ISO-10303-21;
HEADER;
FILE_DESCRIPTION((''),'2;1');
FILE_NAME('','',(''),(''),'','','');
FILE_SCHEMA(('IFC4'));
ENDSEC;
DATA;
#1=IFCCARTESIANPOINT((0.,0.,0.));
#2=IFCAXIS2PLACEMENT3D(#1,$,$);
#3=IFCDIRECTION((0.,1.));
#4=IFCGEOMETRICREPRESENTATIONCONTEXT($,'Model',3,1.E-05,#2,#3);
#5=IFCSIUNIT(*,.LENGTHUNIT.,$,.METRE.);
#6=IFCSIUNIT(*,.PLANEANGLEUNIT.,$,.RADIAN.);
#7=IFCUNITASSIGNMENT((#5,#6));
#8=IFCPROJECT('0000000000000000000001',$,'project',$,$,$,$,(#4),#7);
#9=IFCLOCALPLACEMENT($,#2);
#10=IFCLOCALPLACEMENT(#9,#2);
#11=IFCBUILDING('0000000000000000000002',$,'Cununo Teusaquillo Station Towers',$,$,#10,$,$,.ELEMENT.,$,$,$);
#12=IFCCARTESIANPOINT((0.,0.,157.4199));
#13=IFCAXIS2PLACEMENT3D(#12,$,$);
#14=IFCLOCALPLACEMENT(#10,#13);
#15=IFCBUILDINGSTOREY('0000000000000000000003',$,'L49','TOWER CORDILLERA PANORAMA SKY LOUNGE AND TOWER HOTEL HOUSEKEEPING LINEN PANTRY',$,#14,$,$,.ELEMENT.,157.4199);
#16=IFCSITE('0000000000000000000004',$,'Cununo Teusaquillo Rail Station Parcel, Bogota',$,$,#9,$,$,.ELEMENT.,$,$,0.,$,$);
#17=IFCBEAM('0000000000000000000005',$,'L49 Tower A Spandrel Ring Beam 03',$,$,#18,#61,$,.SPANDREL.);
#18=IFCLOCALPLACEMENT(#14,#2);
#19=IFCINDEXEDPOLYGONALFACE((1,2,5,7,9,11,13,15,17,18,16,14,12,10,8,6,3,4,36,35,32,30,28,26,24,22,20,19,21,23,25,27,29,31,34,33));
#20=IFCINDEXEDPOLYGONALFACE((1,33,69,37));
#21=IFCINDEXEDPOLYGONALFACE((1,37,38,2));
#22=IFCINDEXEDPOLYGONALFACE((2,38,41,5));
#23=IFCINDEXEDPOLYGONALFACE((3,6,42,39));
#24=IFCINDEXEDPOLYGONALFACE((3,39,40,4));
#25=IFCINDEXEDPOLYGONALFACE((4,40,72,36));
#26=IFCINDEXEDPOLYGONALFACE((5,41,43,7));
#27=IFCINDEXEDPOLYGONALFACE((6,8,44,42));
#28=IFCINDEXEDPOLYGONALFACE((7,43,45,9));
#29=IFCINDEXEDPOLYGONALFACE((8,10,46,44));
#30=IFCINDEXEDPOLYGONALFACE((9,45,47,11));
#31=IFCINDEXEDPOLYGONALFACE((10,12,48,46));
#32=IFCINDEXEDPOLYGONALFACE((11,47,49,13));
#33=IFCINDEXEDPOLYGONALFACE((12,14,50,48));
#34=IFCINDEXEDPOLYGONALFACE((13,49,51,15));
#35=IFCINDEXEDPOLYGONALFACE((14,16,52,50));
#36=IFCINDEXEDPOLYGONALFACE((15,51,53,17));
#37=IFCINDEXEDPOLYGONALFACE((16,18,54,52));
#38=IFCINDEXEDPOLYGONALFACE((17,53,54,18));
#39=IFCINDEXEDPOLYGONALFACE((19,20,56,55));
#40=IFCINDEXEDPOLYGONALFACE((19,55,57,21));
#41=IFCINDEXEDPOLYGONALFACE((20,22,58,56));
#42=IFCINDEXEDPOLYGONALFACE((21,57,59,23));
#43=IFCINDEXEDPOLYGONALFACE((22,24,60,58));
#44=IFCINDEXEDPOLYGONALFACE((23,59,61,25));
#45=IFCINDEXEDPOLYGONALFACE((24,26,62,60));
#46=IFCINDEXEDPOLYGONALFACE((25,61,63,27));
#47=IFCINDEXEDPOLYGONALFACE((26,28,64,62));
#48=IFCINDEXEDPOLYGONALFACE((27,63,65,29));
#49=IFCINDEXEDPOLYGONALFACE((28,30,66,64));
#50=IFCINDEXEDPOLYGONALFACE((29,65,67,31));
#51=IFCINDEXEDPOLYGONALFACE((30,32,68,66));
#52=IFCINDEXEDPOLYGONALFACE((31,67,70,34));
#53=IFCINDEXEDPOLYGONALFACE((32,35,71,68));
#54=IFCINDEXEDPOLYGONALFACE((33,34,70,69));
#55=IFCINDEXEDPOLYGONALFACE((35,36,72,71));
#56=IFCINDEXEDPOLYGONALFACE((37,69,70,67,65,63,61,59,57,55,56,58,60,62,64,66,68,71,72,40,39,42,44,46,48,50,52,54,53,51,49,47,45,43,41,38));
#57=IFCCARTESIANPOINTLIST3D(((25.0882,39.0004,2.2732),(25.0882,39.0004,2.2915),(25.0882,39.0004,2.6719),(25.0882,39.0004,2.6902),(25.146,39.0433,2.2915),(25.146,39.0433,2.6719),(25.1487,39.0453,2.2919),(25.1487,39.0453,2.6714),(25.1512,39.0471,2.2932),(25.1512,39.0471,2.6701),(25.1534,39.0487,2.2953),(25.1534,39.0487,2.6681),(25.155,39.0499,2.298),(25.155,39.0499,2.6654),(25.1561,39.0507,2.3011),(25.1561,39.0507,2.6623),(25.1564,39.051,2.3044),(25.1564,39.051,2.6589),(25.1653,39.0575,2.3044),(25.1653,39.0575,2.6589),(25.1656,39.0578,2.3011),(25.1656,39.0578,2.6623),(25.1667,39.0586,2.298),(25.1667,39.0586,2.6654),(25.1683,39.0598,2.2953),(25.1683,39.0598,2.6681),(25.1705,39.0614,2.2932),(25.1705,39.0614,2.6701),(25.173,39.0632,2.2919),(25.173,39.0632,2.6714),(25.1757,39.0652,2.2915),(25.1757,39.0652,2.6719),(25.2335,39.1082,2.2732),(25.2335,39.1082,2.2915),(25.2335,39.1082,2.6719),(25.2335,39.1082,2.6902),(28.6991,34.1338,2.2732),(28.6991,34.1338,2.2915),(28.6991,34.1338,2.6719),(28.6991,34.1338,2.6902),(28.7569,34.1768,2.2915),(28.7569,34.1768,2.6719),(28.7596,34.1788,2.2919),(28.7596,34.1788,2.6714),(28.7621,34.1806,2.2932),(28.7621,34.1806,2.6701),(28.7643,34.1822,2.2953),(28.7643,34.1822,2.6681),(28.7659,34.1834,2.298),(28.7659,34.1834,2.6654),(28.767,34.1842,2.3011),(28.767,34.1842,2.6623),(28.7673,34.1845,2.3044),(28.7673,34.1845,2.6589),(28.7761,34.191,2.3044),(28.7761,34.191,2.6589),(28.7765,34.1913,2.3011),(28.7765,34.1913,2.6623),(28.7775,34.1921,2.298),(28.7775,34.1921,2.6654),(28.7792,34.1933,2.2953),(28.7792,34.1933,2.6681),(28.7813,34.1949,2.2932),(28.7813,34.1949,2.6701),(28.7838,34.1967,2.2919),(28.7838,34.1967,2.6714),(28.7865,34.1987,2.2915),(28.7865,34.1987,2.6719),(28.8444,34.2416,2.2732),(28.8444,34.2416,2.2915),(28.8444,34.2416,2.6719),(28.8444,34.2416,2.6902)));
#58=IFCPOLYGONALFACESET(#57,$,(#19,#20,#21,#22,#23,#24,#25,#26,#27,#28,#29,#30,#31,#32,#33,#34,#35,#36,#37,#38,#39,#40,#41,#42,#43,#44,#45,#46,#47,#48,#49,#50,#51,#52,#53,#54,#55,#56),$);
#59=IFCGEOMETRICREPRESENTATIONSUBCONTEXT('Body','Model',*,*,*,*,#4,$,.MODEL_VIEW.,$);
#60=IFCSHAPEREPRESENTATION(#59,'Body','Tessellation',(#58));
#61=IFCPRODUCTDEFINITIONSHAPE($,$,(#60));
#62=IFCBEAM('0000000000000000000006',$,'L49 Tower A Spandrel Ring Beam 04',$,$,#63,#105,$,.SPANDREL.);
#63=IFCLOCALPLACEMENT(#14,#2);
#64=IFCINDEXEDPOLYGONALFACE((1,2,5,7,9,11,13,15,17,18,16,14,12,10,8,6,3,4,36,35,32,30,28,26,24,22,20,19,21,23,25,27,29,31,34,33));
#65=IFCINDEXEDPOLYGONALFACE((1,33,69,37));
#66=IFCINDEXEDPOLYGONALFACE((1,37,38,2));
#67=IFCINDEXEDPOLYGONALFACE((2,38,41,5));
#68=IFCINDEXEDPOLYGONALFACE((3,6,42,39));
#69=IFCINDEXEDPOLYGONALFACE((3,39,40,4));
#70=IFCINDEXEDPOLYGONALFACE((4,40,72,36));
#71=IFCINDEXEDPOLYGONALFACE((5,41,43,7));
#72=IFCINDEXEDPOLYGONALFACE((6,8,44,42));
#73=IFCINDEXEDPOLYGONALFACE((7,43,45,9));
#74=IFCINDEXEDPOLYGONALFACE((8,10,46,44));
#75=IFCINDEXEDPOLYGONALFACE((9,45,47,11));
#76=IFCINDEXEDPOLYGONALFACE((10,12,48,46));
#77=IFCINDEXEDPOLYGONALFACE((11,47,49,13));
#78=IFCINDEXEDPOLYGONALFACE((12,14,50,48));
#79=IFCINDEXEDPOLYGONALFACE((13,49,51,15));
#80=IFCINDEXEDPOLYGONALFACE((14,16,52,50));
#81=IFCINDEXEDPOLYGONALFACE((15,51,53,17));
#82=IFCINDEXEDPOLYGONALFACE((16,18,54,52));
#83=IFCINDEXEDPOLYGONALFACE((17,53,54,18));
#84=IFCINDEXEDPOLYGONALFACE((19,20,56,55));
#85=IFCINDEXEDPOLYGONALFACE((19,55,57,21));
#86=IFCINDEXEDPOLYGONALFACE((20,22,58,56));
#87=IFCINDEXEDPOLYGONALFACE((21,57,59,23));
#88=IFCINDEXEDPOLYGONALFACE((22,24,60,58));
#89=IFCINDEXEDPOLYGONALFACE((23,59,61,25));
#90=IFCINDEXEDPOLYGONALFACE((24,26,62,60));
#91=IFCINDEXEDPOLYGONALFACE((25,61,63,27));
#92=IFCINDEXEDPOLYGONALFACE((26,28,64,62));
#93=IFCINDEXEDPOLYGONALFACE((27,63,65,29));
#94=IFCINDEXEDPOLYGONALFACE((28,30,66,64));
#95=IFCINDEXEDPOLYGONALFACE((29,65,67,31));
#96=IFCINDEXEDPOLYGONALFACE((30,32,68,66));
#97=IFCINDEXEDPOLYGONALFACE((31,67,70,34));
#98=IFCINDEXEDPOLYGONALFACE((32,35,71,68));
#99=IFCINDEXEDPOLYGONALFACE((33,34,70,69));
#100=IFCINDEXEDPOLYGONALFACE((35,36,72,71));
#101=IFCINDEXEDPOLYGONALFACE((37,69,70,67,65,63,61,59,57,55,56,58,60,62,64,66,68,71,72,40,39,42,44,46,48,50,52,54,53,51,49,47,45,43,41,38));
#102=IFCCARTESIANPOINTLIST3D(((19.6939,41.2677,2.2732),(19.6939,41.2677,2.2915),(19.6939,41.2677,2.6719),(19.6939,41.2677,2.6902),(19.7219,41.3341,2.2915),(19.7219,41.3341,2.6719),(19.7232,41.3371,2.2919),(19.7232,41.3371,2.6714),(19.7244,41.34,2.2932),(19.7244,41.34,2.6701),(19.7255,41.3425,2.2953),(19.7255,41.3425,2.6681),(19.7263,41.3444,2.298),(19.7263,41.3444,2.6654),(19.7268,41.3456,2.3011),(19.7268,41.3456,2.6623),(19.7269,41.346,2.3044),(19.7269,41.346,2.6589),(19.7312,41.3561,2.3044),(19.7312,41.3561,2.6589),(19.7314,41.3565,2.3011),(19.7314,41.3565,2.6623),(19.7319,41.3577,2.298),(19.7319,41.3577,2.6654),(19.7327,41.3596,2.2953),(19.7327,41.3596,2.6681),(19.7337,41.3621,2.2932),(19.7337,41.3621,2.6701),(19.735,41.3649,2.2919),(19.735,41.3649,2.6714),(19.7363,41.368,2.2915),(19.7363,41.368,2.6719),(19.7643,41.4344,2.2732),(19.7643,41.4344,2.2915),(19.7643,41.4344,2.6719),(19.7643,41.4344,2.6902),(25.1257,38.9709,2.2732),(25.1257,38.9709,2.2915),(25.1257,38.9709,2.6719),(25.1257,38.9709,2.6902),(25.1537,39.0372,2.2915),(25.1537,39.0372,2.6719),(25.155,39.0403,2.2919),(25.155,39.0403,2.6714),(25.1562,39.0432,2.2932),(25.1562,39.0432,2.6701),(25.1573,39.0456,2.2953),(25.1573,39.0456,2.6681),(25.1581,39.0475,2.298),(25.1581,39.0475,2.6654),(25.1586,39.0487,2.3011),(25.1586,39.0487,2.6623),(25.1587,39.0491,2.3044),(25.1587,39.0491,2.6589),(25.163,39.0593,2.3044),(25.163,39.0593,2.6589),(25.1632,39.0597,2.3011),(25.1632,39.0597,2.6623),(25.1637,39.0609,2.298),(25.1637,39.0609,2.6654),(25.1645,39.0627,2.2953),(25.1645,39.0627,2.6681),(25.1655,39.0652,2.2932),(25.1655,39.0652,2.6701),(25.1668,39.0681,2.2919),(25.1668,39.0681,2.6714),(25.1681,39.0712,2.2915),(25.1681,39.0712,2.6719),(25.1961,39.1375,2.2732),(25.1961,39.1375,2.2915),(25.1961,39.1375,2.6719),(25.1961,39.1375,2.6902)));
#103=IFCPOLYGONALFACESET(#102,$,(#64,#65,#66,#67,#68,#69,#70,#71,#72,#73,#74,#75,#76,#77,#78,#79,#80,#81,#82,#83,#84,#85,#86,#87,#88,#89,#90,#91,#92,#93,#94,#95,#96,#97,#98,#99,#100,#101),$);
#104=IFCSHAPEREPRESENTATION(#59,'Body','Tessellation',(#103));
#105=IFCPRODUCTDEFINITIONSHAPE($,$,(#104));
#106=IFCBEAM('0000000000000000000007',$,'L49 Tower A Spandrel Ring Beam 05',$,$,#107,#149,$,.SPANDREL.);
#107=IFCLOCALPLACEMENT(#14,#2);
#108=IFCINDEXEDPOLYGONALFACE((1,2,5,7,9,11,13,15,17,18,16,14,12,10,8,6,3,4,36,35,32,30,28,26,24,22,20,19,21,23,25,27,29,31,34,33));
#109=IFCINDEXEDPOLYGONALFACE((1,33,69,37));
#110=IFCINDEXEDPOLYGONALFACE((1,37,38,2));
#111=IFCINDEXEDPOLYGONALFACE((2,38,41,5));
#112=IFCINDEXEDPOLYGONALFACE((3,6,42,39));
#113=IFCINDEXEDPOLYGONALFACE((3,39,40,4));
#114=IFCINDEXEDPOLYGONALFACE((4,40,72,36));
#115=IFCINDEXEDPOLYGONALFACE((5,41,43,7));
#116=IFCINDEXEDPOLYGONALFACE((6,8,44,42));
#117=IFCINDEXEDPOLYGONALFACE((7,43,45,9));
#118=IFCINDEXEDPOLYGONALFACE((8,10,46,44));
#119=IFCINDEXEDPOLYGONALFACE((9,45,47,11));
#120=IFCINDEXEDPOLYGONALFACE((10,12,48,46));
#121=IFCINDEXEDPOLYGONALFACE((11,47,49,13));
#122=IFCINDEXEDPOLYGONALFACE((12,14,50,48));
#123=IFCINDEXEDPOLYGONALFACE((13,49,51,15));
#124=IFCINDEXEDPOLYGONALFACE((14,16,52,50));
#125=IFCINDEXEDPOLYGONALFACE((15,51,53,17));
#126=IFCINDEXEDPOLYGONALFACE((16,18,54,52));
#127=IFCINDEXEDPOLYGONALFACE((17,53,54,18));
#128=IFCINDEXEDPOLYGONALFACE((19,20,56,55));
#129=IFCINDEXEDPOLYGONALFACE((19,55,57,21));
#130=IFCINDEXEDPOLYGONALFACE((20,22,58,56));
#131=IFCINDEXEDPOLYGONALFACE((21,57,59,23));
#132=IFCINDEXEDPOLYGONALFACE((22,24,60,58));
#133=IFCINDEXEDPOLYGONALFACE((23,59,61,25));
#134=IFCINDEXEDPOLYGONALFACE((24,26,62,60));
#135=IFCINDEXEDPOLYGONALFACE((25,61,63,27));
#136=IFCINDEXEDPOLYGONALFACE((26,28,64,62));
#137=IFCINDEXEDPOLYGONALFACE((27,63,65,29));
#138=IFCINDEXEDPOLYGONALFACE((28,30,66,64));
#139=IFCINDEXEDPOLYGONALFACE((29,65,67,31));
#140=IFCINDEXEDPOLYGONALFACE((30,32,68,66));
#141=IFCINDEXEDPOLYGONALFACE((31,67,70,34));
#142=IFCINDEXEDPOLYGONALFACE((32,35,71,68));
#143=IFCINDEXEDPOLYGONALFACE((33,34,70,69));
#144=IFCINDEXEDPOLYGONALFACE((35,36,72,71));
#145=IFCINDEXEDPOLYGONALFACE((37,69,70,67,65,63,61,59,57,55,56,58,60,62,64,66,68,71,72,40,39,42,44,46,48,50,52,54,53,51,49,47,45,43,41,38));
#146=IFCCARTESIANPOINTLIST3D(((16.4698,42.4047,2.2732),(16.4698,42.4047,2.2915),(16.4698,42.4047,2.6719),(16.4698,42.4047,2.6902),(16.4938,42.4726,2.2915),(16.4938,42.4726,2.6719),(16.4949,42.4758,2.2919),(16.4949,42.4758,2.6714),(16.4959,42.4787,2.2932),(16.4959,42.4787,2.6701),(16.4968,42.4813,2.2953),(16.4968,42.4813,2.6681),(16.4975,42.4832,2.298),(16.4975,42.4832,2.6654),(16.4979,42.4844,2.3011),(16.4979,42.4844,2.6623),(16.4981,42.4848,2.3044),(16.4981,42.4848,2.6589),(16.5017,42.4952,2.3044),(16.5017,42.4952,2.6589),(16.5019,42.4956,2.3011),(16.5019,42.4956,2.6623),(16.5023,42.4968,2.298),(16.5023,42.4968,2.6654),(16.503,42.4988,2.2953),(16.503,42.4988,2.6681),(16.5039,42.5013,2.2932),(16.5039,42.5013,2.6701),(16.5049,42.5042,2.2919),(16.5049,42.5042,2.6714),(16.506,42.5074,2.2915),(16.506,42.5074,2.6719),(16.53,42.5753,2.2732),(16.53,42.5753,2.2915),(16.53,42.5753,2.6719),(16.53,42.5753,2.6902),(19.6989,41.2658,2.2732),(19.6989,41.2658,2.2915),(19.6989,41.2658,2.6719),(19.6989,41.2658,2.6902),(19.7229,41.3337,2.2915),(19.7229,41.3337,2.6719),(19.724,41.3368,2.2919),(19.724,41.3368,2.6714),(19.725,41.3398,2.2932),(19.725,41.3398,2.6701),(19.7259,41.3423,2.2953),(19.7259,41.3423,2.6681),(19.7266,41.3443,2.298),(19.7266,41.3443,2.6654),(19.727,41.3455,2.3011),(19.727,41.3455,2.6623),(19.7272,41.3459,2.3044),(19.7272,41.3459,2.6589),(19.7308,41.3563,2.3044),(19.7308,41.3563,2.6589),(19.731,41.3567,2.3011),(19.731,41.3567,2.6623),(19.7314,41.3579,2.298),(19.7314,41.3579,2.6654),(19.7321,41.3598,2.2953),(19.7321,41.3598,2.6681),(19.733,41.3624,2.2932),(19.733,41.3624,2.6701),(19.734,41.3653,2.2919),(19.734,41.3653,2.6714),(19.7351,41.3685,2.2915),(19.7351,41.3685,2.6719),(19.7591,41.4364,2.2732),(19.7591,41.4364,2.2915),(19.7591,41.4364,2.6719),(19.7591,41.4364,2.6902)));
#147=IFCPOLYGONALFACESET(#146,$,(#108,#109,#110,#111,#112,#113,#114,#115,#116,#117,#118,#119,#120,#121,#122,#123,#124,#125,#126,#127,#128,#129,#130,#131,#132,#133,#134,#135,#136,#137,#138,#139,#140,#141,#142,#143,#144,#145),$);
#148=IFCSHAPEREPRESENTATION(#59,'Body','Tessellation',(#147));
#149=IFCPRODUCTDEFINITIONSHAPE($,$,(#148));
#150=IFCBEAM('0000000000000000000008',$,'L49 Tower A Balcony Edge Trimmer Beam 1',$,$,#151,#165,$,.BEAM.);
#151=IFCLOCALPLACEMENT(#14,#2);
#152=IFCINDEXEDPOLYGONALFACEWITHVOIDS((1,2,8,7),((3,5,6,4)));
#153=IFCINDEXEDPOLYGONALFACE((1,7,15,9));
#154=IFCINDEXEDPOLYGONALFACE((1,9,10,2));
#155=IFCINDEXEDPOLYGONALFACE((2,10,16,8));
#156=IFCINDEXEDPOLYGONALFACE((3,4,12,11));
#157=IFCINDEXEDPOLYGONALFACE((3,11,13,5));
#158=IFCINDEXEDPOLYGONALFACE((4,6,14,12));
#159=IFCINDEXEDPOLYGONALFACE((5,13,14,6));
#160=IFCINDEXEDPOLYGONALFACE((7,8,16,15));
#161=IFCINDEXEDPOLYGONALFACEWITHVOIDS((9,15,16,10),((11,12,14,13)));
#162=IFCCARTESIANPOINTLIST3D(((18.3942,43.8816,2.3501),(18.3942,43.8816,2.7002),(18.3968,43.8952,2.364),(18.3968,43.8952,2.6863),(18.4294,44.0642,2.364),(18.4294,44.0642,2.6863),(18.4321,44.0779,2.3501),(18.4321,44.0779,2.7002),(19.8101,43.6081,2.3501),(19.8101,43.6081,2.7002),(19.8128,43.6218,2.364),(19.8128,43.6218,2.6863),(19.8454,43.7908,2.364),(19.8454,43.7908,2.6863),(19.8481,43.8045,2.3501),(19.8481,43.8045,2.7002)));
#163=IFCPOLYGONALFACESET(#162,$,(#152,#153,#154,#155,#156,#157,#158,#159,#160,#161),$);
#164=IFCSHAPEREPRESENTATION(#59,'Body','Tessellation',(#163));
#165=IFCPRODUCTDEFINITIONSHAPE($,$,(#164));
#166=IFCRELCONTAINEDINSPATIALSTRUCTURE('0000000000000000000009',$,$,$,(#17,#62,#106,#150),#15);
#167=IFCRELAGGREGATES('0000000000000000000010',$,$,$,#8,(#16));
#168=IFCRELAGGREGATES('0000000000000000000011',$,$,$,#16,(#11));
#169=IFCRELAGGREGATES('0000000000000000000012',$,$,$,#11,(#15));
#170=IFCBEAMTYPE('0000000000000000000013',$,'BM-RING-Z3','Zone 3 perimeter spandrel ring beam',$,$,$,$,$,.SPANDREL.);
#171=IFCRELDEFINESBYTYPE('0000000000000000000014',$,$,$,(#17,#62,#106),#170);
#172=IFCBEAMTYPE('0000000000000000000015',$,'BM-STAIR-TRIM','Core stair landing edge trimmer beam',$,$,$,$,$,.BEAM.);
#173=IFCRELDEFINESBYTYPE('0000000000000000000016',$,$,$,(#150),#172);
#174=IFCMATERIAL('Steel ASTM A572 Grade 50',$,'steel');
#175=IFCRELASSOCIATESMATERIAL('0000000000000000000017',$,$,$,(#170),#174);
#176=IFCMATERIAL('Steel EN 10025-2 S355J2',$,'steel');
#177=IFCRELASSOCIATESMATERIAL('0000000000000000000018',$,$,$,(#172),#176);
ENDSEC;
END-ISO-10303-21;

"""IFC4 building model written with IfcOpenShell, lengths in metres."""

from ifc_helpers import new_model, si_unit, direction, frame, origin, origin_2d, place, context, subcontext, project, spatial, hollow_rectangle, i_section, extrude, material, material_profile, profile_set, type_object, element, save


model = new_model("IFC4")

# Units and contexts
model_context = context("Model", 3, precision=1e-05, world=origin(), true_north=direction((0.0, 1.0)))
body_context = subcontext(model_context, "Body", "Model", "MODEL_VIEW")
ifc_project = project(units=[si_unit("LENGTHUNIT", "METRE"), si_unit("PLANEANGLEUNIT", "RADIAN")], contexts=[model_context])

# Site, building, storey
site_placement = place(None, origin())
site = spatial("IfcSite", under=ifc_project, at=site_placement, Name="Cununo Teusaquillo Rail Station Parcel, Bogota", CompositionType="ELEMENT", RefElevation=0.0)
building_placement = place(site_placement, origin())
building = spatial("IfcBuilding", under=site, at=building_placement, Name="Cununo Teusaquillo Station Towers", CompositionType="ELEMENT")
storey_placement = place(building_placement, frame((0.0, 0.0, 157.4199)))
storey = spatial("IfcBuildingStorey", under=building, at=storey_placement, Name="L49", Description="TOWER CORDILLERA PANORAMA SKY LOUNGE AND TOWER HOTEL HOUSEKEEPING LINEN PANTRY", CompositionType="ELEMENT", Elevation=157.4199)

# Beams
ifc_material_1 = material(Name="Steel ASTM A572 Grade 50", Category="steel")
ifc_material_profile_1 = material_profile(ifc_material_1, i_section(OverallWidth=0.1809, OverallDepth=0.417, WebThickness=0.011, FlangeThickness=0.0183, FilletRadius=0.0129, at=origin_2d()), Name="W16X57")
ifc_profile_set_1 = profile_set([ifc_material_profile_1], Name="Steel ASTM A572 Grade 50")
beam_type_1 = type_object("IfcBeamType", Name="BM-RING-Z3", Description="Zone 3 perimeter spandrel ring beam", PredefinedType="SPANDREL", material=ifc_profile_set_1)
beam_1_placement = place(storey_placement, frame((28.7717, 34.1877, 2.4817), z_axis=(-0.595873, 0.803079, 0.0), x_axis=(-0.803079, -0.595873, 0.0)))
element("IfcBeam", 1, at=beam_1_placement, inside=storey, type_object=beam_type_1, Name="L49 Tower A Spandrel Ring Beam 03", PredefinedType="SPANDREL", context=body_context, shape_type="SweptSolid", body=[
    extrude(i_section(OverallWidth=0.1809, OverallDepth=0.417, WebThickness=0.011, FlangeThickness=0.0183, FilletRadius=0.0129, at=origin_2d()), origin(), (0.0, 0.0, 1.0), 6.0598),
])
beam_2_placement = place(storey_placement, frame((25.1609, 39.0542, 2.4817), z_axis=(-0.921042, 0.389463, 0.0), x_axis=(-0.389463, -0.921042, 0.0)))
element("IfcBeam", 2, at=beam_2_placement, inside=storey, type_object=beam_type_1, Name="L49 Tower A Spandrel Ring Beam 04", PredefinedType="SPANDREL", context=body_context, shape_type="SweptSolid", body=[
    extrude(i_section(OverallWidth=0.1809, OverallDepth=0.417, WebThickness=0.011, FlangeThickness=0.0183, FilletRadius=0.0129, at=origin_2d()), origin(), (0.0, 0.0, 1.0), 5.8975),
])
beam_3_placement = place(storey_placement, frame((19.729, 41.3511, 2.4817), z_axis=(-0.943057, 0.33263, 0.0), x_axis=(-0.33263, -0.943057, 0.0)))
element("IfcBeam", 3, at=beam_3_placement, inside=storey, type_object=beam_type_1, Name="L49 Tower A Spandrel Ring Beam 05", PredefinedType="SPANDREL", context=body_context, shape_type="SweptSolid", body=[
    extrude(i_section(OverallWidth=0.1809, OverallDepth=0.417, WebThickness=0.011, FlangeThickness=0.0183, FilletRadius=0.0129, at=origin_2d()), origin(), (0.0, 0.0, 1.0), 3.4241),
])
ifc_material_2 = material(Name="Steel EN 10025-2 S355J2", Category="steel")
ifc_material_profile_2 = material_profile(ifc_material_2, hollow_rectangle(XDim=0.2, YDim=0.3501, WallThickness=0.0139, at=origin_2d()), Name="RHS 350x200x14")
ifc_profile_set_2 = profile_set([ifc_material_profile_2], Name="Steel EN 10025-2 S355J2")
beam_type_2 = type_object("IfcBeamType", Name="BM-STAIR-TRIM", Description="Core stair landing edge trimmer beam", PredefinedType="BEAM", material=ifc_profile_set_2)
beam_4_placement = place(storey_placement, frame((19.8291, 43.7063, 2.5251), z_axis=(-0.981861, 0.189601, 0.0), x_axis=(-0.189601, -0.981861, 0.0)))
element("IfcBeam", 4, at=beam_4_placement, inside=storey, type_object=beam_type_2, Name="L49 Tower A Balcony Edge Trimmer Beam 1", PredefinedType="BEAM", context=body_context, shape_type="SweptSolid", body=[
    extrude(hollow_rectangle(XDim=0.2, YDim=0.3501, WallThickness=0.0139, at=origin_2d()), origin(), (0.0, 0.0, 1.0), 1.4421),
])

save(model, "model.ifc")
